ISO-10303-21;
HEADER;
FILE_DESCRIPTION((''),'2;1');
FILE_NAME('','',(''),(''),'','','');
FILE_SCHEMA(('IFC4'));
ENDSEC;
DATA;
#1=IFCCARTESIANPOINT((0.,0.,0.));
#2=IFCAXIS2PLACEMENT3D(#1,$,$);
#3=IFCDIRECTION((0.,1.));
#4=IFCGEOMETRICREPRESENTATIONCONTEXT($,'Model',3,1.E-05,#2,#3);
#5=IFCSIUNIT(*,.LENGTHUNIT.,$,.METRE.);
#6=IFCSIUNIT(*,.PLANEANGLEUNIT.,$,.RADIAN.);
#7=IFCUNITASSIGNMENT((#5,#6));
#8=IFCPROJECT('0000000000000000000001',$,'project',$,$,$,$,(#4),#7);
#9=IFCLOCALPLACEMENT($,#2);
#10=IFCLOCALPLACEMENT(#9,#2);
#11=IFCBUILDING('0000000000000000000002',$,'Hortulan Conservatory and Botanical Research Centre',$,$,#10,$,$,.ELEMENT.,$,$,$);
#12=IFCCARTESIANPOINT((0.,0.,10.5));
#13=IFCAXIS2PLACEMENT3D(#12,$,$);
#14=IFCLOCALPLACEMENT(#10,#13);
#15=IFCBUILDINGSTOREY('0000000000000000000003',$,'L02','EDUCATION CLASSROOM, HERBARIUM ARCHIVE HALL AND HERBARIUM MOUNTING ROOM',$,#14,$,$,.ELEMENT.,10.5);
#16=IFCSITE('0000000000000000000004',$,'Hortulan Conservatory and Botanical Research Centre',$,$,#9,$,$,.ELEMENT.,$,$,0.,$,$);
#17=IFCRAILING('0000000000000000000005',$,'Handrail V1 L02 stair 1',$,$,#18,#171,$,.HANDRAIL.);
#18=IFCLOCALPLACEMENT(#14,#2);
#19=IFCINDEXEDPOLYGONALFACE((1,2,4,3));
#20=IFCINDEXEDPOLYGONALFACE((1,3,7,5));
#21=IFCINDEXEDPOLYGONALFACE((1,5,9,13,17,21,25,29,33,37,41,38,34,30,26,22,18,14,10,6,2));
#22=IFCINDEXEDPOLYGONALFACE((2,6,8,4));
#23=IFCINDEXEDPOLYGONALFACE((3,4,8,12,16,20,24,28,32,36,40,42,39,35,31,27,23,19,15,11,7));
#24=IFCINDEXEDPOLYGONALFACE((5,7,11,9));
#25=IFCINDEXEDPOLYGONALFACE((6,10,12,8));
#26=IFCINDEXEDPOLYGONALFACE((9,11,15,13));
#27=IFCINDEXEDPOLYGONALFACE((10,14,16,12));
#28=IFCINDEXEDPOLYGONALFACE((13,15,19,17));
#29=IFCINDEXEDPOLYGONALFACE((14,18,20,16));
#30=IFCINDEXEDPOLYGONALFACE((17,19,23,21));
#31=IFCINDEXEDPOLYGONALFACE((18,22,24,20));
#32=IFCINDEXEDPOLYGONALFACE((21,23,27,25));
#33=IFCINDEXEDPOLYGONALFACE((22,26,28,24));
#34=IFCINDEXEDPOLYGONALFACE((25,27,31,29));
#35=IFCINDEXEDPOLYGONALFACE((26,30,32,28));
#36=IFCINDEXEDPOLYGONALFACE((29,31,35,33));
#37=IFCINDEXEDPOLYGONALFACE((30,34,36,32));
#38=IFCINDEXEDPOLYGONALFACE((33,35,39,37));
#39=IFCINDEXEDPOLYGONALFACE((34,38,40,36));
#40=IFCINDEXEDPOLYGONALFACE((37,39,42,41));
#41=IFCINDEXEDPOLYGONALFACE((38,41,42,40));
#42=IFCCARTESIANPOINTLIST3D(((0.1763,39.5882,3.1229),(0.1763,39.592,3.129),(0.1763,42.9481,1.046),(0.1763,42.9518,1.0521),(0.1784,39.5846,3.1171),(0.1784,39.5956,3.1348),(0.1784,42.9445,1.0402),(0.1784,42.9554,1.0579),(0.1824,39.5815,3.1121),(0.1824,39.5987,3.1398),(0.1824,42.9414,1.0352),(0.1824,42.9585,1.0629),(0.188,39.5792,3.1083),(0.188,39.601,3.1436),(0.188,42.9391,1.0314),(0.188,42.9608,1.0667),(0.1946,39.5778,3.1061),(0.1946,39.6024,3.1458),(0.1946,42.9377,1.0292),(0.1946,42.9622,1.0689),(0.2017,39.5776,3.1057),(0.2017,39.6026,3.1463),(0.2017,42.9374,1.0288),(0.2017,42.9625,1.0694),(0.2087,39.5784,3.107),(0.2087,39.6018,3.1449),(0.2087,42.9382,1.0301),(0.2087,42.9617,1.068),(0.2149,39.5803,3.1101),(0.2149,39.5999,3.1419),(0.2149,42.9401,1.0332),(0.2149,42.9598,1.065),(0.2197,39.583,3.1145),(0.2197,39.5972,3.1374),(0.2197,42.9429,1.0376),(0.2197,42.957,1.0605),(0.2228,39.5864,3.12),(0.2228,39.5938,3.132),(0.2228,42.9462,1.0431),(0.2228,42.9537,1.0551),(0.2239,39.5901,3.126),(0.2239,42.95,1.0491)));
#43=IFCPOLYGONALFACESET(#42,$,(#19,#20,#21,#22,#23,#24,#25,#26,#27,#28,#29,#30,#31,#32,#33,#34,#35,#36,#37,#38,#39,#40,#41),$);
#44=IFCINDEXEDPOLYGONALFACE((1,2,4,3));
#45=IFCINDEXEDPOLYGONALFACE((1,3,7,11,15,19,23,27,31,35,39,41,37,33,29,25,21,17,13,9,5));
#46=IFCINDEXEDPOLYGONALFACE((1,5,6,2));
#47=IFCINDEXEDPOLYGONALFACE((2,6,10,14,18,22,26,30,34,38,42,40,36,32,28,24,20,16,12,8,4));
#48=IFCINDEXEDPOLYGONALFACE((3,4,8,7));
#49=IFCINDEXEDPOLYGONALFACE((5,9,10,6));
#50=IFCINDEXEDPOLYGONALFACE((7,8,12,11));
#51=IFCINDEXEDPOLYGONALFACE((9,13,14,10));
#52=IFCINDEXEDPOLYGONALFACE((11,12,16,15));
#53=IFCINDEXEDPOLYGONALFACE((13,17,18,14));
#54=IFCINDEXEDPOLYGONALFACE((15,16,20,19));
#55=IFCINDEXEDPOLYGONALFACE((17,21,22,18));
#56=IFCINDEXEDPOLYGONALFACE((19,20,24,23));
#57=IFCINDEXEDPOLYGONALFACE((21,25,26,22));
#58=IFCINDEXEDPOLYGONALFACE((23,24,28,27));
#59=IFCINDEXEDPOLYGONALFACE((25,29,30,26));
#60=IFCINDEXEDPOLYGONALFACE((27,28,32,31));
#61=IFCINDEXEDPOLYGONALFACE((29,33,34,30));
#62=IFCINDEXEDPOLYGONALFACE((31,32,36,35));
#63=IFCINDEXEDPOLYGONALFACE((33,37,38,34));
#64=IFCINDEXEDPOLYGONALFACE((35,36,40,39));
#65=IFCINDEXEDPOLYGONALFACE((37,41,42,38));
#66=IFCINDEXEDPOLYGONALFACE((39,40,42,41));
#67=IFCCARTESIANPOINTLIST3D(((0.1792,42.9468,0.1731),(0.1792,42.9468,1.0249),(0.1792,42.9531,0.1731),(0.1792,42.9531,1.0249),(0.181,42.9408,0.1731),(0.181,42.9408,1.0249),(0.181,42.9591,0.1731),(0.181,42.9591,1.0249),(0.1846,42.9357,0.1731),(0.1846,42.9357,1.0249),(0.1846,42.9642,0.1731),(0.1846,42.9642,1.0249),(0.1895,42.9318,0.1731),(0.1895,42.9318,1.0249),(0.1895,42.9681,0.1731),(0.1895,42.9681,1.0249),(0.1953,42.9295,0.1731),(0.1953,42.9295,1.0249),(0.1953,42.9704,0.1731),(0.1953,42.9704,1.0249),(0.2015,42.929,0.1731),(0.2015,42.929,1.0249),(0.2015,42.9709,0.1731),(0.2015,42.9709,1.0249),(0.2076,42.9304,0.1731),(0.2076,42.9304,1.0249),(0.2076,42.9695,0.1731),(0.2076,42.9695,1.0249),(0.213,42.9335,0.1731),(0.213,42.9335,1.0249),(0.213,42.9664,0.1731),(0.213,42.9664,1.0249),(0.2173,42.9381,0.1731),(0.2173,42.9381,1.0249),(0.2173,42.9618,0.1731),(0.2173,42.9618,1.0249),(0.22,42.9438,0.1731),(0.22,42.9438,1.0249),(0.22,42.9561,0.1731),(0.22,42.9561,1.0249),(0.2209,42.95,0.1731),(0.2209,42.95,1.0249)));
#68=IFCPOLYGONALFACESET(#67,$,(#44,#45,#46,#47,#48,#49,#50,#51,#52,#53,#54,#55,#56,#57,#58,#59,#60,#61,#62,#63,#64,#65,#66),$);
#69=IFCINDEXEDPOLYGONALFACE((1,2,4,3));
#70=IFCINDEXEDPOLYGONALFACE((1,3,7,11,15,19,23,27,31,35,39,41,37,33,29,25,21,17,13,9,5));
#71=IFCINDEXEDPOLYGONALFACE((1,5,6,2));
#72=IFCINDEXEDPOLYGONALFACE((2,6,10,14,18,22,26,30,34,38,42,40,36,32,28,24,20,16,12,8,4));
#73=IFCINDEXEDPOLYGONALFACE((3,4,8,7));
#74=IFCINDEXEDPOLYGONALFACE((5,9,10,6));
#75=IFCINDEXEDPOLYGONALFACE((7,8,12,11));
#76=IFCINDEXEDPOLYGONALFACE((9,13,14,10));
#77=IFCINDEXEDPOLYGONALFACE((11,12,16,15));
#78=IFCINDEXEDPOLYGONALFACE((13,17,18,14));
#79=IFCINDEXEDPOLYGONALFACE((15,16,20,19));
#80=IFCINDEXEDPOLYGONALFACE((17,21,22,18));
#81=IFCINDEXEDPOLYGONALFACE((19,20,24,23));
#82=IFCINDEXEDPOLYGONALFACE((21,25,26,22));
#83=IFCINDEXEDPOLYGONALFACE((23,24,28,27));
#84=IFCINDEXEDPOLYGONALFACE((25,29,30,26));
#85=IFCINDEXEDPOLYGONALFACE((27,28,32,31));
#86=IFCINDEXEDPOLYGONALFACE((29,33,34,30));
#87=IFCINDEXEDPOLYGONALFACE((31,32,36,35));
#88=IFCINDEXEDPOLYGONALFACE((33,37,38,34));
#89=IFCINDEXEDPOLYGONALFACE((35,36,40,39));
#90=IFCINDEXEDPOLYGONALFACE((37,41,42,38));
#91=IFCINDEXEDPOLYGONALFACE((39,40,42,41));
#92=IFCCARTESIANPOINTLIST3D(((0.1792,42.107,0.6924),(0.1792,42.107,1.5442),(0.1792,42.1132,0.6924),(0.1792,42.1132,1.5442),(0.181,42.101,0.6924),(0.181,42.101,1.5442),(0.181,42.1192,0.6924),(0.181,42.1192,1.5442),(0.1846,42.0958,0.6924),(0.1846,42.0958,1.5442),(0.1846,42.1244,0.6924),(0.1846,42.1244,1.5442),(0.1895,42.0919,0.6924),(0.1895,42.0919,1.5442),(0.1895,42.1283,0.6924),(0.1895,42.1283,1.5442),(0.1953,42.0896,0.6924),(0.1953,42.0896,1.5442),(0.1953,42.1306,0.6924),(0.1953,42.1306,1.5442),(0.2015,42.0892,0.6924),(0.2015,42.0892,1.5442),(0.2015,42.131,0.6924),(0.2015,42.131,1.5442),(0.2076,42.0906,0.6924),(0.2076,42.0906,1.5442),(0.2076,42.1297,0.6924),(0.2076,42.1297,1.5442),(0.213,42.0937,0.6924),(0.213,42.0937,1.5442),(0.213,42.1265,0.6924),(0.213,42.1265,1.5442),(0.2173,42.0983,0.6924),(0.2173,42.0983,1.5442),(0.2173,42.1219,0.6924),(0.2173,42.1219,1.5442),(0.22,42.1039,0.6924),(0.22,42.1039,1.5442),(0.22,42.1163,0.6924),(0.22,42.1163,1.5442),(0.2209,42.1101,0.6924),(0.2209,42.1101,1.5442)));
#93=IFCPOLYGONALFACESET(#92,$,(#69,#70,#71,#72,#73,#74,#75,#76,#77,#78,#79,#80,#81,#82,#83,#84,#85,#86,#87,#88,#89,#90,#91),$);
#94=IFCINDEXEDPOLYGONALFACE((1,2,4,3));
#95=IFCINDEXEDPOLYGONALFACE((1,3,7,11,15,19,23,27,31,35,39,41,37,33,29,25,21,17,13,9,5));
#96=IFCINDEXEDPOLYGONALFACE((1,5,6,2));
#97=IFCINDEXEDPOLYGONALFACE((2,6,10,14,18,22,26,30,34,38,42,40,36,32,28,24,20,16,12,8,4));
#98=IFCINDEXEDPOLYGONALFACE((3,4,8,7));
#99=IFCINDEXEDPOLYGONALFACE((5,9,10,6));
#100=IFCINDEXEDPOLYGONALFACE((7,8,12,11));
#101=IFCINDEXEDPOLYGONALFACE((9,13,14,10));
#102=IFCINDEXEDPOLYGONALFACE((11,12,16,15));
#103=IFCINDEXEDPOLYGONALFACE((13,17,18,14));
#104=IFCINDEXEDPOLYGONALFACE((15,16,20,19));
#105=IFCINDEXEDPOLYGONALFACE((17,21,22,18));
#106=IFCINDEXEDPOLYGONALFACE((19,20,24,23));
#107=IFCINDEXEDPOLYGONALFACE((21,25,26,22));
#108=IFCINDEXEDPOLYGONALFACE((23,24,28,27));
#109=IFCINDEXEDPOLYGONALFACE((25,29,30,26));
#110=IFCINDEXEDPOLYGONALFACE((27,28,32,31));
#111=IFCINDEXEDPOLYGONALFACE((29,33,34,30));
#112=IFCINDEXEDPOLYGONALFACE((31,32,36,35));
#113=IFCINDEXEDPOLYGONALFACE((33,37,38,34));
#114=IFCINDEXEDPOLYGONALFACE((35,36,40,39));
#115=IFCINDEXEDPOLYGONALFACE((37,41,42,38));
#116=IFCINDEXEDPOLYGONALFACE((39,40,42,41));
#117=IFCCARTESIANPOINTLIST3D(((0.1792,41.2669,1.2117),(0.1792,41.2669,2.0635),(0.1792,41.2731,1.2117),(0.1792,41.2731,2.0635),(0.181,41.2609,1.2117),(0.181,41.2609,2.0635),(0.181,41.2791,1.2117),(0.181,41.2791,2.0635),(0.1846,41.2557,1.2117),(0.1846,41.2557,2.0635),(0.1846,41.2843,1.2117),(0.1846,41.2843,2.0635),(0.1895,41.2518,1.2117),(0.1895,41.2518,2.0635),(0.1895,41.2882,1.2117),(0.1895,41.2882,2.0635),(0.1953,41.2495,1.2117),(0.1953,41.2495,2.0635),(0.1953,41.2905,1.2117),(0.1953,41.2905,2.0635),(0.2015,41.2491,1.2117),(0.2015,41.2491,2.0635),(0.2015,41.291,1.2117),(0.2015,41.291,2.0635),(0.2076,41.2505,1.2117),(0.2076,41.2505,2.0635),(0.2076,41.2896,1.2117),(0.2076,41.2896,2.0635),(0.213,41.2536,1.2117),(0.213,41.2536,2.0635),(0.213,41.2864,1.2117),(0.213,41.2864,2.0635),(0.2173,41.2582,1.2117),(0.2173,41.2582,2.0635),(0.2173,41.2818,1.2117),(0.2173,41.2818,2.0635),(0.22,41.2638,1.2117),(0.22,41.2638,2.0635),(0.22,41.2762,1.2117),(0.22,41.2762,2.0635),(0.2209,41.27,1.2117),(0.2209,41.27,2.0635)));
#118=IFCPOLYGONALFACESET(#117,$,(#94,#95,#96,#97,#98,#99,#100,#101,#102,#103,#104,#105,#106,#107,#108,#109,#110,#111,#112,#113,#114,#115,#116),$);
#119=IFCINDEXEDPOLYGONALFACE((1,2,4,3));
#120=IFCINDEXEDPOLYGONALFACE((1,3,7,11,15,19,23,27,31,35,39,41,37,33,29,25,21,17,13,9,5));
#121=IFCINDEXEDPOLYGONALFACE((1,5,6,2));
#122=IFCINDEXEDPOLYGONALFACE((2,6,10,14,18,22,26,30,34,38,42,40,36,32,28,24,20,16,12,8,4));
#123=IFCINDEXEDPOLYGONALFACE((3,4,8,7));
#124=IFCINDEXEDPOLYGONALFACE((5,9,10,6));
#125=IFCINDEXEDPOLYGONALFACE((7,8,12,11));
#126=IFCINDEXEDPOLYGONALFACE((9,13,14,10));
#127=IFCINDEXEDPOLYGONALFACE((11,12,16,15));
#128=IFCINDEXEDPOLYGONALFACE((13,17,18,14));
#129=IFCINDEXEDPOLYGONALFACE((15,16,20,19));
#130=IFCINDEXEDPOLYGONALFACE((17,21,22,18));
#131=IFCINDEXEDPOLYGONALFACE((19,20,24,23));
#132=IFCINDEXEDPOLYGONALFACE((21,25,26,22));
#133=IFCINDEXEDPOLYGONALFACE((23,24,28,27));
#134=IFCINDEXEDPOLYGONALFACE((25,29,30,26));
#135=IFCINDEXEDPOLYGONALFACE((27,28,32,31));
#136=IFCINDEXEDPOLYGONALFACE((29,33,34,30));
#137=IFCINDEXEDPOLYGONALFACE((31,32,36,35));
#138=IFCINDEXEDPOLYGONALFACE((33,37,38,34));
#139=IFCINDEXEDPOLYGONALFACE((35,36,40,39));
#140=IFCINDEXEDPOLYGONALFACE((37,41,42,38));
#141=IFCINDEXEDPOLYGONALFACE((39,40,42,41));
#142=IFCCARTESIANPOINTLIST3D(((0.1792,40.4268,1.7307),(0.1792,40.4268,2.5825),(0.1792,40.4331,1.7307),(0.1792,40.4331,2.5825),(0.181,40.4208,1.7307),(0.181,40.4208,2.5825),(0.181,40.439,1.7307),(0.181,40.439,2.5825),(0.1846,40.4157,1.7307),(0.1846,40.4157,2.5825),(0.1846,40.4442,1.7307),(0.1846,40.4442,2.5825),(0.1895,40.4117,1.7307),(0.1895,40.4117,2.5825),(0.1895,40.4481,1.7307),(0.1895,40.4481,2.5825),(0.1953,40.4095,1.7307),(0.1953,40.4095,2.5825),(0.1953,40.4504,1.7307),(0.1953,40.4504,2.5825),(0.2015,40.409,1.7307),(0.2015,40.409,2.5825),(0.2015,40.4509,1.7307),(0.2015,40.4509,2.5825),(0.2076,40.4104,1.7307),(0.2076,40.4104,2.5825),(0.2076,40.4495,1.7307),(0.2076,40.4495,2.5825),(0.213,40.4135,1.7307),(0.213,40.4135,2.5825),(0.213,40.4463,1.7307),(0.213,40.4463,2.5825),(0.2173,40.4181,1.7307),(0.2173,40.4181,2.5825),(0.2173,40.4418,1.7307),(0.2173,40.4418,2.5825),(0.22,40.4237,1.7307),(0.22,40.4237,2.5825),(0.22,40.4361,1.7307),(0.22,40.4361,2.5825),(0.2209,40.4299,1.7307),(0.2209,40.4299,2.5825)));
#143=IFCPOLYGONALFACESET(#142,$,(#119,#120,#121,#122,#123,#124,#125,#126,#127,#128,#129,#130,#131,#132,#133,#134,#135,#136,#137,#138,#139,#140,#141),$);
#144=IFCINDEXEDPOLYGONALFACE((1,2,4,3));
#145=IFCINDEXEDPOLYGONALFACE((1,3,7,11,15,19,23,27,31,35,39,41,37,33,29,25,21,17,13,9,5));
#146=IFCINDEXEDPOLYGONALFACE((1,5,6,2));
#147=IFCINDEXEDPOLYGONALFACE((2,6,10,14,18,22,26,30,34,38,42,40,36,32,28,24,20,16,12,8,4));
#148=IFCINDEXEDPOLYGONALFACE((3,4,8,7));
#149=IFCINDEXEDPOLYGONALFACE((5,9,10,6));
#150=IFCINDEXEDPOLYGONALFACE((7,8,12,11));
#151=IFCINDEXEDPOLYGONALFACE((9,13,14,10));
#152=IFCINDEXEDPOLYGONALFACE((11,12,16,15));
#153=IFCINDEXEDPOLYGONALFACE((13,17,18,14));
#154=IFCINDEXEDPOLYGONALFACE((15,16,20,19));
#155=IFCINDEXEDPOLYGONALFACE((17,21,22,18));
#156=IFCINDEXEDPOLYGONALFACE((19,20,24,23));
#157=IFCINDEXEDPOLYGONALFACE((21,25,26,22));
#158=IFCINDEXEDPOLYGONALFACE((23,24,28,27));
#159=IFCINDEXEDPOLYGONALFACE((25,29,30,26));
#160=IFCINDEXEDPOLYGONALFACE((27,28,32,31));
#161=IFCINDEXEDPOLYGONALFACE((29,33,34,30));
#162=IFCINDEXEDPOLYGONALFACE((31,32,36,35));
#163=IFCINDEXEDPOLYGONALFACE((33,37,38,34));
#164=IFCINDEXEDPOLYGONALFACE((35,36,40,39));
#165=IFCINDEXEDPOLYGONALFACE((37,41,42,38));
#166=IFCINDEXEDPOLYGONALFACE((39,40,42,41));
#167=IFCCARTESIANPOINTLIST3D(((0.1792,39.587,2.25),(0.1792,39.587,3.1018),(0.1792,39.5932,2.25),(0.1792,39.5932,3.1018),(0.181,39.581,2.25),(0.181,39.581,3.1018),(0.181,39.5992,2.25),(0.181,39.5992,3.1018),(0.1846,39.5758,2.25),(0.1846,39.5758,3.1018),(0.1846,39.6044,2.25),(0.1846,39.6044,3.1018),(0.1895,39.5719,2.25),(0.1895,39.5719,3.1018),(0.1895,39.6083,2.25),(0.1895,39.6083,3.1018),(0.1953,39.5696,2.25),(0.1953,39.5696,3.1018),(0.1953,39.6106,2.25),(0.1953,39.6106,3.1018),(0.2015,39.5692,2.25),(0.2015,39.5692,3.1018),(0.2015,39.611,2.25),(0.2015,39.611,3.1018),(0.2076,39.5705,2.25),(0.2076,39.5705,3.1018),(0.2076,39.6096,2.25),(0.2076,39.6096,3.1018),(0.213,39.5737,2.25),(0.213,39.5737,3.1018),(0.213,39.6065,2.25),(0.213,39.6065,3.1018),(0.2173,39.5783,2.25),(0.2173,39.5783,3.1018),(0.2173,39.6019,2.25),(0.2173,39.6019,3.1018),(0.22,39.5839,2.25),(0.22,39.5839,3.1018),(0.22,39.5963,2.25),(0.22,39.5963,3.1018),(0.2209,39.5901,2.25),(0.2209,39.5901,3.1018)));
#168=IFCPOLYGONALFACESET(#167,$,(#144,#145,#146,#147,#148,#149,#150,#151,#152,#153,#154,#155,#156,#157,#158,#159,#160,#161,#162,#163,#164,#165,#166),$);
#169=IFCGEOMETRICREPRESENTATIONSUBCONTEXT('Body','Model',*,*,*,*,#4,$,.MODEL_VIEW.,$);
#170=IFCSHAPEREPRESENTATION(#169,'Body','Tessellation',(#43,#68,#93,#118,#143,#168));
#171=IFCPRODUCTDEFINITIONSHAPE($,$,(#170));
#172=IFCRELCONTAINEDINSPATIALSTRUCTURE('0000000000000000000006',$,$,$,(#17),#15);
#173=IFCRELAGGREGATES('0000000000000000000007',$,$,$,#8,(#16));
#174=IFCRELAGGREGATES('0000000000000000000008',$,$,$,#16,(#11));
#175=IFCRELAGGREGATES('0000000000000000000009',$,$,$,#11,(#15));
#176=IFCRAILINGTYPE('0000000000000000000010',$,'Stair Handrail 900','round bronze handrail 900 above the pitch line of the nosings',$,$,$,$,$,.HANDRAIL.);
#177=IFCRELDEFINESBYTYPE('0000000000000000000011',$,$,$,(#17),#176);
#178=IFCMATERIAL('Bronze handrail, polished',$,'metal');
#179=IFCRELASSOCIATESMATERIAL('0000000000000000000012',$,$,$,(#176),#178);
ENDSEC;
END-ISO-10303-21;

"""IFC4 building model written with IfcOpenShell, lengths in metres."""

from ifc_helpers import new_model, si_unit, direction, frame, origin, origin_2d, place, context, subcontext, project, spatial, circle, extrude, material, type_object, element, save


model = new_model("IFC4")

# Units and contexts
model_context = context("Model", 3, precision=1e-05, world=origin(), true_north=direction((0.0, 1.0)))
body_context = subcontext(model_context, "Body", "Model", "MODEL_VIEW")
ifc_project = project(units=[si_unit("LENGTHUNIT", "METRE"), si_unit("PLANEANGLEUNIT", "RADIAN")], contexts=[model_context])

# Site, building, storey
site_placement = place(None, origin())
site = spatial("IfcSite", under=ifc_project, at=site_placement, Name="Hortulan Conservatory and Botanical Research Centre", CompositionType="ELEMENT", RefElevation=0.0)
building_placement = place(site_placement, origin())
building = spatial("IfcBuilding", under=site, at=building_placement, Name="Hortulan Conservatory and Botanical Research Centre", CompositionType="ELEMENT")
storey_placement = place(building_placement, frame((0.0, 0.0, 10.5)))
storey = spatial("IfcBuildingStorey", under=building, at=storey_placement, Name="L02", Description="EDUCATION CLASSROOM, HERBARIUM ARCHIVE HALL AND HERBARIUM MOUNTING ROOM", CompositionType="ELEMENT", Elevation=10.5)

# Railing
ifc_material_1 = material(Name="Bronze handrail, polished", Category="metal")
railing_type_1 = type_object("IfcRailingType", Name="Stair Handrail 900", Description="round bronze handrail 900 above the pitch line of the nosings", PredefinedType="HANDRAIL", material=ifc_material_1)
railing_1_placement = place(storey_placement, frame((0.2, 42.95, 0.1731)))
element("IfcRailing", 1, at=railing_1_placement, inside=storey, type_object=railing_type_1, Name="Handrail V1 L02 stair 1", PredefinedType="HANDRAIL", context=body_context, shape_type="SweptSolid", body=[
    extrude(circle(Radius=0.0239, at=origin_2d()), frame((0.0, 0.0, 0.876), z_axis=(0.0, -0.850606, 0.525803), x_axis=(1.0, 0.0, 0.0)), (0.0, 0.0, 1.0), 3.95),
    extrude(circle(Radius=0.021, at=origin_2d()), origin(), (0.0, 0.0, 1.0), 0.8518),
    extrude(circle(Radius=0.021, at=origin_2d()), frame((0.0, -0.8398, 0.5193)), (0.0, 0.0, 1.0), 0.8518),
    extrude(circle(Radius=0.021, at=origin_2d()), frame((0.0, -1.6799, 1.0386)), (0.0, 0.0, 1.0), 0.8518),
    extrude(circle(Radius=0.021, at=origin_2d()), frame((0.0, -2.52, 1.5576)), (0.0, 0.0, 1.0), 0.8518),
    extrude(circle(Radius=0.021, at=origin_2d()), frame((0.0, -3.3599, 2.0769)), (0.0, 0.0, 1.0), 0.8518),
])

save(model, "model.ifc")
